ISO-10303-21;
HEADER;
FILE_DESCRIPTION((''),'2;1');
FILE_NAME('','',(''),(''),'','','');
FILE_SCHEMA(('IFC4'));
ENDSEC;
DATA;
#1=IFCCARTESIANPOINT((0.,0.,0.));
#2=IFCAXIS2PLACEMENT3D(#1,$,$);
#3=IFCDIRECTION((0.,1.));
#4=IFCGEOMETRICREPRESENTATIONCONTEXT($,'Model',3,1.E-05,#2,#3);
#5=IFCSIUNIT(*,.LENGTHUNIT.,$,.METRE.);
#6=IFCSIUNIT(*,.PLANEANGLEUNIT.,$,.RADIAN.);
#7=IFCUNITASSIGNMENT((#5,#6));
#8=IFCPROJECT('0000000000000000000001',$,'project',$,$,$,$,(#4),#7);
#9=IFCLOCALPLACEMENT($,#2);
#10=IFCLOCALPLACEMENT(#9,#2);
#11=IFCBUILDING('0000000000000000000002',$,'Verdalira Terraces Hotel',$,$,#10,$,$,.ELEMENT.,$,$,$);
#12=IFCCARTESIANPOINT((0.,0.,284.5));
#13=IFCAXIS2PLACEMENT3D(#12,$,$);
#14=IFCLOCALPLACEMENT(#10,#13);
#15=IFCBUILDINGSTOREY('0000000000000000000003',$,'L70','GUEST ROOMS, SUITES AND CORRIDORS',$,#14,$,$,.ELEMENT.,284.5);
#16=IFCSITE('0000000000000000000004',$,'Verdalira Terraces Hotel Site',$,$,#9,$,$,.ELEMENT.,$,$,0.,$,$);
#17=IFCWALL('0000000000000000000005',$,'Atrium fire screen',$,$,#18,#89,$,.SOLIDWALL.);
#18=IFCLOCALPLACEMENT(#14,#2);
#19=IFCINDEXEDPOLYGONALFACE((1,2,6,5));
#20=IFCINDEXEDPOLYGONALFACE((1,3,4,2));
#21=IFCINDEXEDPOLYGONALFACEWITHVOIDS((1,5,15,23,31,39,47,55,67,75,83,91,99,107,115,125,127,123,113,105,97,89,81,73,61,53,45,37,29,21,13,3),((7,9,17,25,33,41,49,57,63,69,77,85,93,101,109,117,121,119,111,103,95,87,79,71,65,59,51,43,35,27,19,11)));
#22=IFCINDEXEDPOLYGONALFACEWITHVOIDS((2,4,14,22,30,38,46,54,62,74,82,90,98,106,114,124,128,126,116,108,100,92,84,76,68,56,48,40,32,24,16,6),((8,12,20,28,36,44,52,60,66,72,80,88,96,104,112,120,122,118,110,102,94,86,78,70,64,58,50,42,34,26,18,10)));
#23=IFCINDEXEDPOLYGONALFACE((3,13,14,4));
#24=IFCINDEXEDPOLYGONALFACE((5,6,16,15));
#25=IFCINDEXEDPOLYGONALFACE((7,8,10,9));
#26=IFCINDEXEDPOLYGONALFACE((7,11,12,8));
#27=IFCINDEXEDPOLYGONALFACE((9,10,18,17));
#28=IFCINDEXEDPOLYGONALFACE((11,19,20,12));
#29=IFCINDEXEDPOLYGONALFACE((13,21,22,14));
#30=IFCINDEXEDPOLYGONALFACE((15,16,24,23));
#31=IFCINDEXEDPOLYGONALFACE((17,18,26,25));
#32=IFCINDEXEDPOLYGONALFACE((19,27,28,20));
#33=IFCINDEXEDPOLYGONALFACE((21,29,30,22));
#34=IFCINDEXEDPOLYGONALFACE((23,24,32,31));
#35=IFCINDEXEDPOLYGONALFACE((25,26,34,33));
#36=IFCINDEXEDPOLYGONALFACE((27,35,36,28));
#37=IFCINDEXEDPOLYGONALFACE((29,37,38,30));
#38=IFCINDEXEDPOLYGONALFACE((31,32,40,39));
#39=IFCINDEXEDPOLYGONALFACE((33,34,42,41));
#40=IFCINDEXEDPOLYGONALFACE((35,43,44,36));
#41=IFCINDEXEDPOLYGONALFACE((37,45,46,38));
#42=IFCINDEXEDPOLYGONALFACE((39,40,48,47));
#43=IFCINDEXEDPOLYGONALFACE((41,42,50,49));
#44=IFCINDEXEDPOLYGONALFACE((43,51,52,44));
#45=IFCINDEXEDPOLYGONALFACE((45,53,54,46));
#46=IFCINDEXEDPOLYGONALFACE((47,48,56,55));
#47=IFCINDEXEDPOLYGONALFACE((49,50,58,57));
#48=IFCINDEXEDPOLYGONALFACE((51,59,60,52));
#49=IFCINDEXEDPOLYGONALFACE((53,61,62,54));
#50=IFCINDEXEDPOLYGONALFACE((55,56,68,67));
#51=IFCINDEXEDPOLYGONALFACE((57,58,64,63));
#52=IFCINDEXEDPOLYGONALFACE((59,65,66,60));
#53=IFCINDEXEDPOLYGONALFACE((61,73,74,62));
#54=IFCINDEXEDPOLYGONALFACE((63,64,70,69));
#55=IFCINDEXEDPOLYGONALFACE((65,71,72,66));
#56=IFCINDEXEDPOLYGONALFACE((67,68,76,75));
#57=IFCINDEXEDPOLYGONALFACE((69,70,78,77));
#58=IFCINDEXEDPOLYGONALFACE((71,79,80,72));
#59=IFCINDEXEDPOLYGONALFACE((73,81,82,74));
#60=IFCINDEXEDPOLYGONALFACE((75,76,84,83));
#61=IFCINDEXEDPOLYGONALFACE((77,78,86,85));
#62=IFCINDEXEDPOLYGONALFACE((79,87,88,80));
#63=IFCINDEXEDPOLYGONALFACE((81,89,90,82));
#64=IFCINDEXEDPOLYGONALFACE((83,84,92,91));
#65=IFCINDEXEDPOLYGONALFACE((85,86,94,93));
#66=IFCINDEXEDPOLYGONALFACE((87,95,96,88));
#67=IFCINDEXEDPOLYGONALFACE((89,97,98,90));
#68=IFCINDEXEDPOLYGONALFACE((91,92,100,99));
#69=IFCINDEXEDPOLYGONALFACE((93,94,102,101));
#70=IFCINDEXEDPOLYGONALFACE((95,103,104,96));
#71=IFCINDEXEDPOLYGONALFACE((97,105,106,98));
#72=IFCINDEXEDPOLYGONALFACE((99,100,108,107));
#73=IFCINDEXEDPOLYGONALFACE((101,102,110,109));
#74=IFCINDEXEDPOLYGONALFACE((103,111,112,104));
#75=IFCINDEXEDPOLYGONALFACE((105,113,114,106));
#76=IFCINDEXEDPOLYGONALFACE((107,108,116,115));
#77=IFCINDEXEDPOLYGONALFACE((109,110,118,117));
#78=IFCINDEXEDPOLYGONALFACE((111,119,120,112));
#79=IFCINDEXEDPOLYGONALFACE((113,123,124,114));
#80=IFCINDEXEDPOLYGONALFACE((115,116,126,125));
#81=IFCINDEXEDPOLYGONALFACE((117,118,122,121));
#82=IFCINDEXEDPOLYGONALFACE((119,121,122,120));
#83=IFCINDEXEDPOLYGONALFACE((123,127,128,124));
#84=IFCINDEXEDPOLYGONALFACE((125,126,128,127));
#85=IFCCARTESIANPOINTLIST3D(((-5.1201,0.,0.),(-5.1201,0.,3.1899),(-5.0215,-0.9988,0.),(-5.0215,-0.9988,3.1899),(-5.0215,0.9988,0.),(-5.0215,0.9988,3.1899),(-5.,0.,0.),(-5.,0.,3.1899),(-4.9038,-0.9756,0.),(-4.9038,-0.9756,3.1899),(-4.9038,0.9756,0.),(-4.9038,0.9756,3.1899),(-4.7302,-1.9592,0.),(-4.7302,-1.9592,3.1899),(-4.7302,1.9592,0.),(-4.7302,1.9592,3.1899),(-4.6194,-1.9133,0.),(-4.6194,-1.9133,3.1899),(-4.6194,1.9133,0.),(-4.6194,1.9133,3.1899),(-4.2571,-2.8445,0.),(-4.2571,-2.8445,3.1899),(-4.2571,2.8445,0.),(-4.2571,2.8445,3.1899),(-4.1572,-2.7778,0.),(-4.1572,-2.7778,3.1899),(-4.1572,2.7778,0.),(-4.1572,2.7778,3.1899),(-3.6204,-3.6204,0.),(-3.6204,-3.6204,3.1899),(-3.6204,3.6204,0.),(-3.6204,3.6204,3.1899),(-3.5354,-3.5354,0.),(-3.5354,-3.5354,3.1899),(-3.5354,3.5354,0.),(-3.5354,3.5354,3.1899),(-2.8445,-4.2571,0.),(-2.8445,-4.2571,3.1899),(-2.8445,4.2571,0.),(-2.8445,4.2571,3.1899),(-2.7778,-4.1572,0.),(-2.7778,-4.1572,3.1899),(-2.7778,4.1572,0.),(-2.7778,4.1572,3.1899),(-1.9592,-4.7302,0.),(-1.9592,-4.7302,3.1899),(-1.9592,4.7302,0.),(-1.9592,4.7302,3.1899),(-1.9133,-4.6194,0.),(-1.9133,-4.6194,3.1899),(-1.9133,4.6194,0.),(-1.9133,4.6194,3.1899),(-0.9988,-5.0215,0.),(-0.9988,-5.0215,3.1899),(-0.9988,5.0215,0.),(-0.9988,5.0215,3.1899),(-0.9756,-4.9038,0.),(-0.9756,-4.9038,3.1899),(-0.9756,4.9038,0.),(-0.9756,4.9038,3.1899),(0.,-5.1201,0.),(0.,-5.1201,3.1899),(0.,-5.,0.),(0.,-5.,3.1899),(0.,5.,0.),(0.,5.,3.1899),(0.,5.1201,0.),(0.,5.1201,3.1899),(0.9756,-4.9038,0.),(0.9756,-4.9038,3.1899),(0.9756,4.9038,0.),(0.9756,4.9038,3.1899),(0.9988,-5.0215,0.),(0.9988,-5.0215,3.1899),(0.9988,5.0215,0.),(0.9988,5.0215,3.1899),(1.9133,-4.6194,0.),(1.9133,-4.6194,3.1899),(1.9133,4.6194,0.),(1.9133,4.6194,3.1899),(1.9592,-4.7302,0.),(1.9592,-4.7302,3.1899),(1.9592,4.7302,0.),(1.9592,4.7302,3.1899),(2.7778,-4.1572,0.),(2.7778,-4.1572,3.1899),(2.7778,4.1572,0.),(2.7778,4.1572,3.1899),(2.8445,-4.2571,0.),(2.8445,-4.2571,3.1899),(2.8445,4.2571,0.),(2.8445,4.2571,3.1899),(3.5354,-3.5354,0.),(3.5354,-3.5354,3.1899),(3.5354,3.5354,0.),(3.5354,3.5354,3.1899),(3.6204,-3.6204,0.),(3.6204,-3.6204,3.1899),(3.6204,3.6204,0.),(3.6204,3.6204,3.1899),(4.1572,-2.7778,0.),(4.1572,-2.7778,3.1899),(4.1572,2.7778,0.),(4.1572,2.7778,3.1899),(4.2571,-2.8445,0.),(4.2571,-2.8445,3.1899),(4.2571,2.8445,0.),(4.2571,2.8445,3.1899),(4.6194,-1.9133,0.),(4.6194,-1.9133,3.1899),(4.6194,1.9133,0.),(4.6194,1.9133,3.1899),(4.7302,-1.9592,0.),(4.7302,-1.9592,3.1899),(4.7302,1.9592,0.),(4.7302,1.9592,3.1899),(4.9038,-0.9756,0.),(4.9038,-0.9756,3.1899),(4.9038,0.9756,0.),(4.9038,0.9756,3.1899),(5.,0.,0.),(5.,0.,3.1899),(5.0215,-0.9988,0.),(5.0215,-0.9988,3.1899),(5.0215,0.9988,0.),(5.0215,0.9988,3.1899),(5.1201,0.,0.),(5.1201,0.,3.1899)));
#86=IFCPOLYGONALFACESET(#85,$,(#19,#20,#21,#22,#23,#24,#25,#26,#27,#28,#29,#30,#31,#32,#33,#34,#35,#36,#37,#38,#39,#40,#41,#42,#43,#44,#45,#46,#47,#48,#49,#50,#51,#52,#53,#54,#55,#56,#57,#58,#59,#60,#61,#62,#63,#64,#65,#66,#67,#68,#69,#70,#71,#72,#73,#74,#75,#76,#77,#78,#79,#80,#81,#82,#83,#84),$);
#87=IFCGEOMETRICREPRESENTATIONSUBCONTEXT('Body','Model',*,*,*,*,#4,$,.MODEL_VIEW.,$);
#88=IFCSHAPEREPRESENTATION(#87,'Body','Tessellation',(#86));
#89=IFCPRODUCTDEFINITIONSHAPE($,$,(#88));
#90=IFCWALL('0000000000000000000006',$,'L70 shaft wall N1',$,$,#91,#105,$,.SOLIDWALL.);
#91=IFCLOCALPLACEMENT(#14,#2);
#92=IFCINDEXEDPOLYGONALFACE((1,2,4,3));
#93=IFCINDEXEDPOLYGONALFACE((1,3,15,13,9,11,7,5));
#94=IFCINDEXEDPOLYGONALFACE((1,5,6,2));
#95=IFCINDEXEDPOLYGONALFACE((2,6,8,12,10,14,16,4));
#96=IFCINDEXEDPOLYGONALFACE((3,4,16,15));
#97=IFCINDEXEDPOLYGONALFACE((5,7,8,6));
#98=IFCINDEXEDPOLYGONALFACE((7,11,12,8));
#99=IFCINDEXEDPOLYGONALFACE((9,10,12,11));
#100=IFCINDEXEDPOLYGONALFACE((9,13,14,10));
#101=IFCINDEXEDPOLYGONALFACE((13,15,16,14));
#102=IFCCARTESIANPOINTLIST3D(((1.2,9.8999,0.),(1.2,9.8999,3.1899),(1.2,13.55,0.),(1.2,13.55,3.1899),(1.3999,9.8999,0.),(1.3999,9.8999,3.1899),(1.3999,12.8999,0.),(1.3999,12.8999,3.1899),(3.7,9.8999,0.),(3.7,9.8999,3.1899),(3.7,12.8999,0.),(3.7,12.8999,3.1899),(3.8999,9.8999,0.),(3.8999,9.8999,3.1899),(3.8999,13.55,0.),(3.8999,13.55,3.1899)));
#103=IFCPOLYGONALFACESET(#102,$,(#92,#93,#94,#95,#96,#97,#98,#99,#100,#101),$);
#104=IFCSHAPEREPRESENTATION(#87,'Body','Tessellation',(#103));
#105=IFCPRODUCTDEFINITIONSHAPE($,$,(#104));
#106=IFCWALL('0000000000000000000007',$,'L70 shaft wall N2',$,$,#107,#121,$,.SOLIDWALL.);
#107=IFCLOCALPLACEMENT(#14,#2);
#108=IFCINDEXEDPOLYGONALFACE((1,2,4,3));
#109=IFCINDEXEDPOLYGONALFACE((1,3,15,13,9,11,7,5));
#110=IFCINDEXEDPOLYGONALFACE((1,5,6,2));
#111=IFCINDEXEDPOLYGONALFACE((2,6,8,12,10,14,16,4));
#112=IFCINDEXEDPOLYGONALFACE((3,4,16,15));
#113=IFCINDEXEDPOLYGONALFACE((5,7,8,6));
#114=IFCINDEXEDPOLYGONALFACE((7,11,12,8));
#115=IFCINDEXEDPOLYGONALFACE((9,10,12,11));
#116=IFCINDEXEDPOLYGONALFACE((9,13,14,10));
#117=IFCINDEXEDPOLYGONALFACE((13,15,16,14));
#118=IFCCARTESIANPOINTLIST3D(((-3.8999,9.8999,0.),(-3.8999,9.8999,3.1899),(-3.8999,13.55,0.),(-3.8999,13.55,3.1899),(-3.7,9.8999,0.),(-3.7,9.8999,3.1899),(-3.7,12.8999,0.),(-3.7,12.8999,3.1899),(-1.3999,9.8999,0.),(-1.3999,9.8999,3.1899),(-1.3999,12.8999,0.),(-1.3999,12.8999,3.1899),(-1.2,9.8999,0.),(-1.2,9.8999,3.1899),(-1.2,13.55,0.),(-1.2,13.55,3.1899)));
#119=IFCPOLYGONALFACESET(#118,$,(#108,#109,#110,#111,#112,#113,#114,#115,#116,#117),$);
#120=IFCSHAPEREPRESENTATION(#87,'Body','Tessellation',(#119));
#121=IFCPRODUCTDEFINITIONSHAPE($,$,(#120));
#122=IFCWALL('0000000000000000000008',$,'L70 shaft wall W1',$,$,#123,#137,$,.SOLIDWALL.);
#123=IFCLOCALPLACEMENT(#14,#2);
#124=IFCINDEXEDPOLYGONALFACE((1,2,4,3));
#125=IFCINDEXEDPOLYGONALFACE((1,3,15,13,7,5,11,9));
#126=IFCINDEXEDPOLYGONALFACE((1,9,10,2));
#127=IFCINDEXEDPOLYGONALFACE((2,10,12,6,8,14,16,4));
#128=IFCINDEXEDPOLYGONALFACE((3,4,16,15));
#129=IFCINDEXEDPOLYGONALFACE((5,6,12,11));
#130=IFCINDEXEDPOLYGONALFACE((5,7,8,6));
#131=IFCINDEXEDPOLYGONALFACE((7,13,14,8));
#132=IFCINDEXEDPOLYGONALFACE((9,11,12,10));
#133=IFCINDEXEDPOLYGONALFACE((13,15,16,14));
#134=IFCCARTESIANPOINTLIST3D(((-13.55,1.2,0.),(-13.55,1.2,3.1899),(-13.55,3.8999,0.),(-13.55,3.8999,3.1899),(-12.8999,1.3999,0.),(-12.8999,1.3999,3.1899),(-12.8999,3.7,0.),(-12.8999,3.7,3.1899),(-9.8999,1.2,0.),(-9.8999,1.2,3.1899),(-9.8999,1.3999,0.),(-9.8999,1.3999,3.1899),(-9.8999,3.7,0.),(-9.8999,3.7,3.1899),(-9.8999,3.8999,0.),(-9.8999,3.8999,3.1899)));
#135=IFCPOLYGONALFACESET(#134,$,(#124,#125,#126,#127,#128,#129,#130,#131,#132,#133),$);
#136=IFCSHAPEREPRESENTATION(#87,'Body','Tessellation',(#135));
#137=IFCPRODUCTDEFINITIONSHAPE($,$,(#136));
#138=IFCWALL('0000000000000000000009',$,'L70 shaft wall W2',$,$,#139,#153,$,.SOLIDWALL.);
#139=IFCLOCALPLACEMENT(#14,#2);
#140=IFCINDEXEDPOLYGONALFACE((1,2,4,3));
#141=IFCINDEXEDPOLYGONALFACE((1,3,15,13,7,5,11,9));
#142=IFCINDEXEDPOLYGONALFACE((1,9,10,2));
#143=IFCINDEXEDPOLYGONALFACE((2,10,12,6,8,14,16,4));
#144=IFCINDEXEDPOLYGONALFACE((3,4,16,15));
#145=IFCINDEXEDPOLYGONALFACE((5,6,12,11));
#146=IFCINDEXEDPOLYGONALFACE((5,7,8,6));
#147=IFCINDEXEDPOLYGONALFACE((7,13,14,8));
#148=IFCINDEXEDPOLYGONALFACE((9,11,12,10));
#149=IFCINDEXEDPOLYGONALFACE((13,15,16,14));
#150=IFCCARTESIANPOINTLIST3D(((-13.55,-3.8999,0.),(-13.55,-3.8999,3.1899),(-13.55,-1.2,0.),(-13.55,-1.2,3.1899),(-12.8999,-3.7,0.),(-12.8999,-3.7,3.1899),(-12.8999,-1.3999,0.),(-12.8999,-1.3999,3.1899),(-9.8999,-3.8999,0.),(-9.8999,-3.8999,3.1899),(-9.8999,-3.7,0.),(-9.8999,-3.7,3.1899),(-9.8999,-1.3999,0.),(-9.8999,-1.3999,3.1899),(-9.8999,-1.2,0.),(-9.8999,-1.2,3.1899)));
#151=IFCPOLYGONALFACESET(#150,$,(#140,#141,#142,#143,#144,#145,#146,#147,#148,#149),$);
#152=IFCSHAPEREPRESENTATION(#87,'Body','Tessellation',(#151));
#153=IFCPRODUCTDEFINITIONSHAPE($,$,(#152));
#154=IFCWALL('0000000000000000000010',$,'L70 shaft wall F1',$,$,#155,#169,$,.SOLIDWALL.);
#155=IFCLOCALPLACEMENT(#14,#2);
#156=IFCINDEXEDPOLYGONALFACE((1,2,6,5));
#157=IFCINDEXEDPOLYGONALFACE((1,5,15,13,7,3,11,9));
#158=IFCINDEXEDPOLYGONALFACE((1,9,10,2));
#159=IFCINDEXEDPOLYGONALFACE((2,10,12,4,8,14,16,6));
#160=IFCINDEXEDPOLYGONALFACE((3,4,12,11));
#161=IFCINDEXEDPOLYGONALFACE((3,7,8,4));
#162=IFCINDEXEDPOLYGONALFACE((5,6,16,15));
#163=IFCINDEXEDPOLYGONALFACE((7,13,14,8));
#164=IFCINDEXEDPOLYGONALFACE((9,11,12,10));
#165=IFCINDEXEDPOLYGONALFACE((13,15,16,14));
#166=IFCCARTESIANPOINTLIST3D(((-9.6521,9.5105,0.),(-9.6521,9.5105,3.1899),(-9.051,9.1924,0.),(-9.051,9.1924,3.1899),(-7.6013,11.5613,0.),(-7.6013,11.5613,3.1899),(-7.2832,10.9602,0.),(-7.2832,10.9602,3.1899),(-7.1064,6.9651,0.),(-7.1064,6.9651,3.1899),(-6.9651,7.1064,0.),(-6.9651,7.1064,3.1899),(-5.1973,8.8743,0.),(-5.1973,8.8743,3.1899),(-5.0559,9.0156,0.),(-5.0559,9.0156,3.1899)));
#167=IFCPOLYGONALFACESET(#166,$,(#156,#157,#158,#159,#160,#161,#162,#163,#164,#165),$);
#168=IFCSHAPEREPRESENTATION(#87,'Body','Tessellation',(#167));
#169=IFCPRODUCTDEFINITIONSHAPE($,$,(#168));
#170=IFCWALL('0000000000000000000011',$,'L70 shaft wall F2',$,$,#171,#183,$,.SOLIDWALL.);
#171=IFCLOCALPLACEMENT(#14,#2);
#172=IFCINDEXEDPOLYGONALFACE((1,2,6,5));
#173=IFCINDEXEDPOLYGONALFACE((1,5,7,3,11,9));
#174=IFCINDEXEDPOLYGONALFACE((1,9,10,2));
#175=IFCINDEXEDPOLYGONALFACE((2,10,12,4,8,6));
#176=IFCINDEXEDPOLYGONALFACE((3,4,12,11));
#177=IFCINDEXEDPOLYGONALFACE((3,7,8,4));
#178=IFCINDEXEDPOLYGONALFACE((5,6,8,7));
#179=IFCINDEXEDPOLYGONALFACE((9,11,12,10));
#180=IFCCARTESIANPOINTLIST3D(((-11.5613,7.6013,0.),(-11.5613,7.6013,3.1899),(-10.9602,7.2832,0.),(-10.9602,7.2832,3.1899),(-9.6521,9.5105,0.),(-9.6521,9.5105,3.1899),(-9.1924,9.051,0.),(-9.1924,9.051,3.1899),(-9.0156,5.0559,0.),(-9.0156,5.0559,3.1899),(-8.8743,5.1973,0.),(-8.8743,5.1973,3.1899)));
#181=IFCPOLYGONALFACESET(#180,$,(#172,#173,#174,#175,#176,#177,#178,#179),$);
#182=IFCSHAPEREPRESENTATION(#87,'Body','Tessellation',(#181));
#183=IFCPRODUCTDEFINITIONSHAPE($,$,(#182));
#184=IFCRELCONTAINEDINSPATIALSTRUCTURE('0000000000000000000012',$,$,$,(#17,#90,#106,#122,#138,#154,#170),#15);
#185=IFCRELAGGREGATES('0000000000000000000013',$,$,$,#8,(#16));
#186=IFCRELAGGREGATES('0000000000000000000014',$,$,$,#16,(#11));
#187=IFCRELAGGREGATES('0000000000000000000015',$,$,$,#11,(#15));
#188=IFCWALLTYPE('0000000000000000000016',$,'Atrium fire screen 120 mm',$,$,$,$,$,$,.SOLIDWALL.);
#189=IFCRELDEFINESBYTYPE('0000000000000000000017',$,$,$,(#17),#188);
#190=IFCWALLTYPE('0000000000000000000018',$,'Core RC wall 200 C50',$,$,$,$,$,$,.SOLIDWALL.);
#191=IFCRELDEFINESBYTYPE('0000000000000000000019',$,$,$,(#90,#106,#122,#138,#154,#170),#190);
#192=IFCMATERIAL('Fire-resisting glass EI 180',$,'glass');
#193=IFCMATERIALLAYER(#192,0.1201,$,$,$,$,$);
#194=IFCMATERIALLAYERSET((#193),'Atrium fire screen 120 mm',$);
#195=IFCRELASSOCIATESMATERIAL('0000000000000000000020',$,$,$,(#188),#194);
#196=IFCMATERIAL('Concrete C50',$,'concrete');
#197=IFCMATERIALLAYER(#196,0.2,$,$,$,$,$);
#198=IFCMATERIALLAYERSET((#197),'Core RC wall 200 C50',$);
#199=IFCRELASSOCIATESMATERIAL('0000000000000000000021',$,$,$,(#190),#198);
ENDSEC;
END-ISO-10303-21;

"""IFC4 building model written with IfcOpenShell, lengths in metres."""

from ifc_helpers import new_model, si_unit, direction, frame, origin, place, context, subcontext, project, spatial, polyline, outline, extrude, material, layer, layer_set, type_object, element, save


model = new_model("IFC4")

# Units and contexts
model_context = context("Model", 3, precision=1e-05, world=origin(), true_north=direction((0.0, 1.0)))
body_context = subcontext(model_context, "Body", "Model", "MODEL_VIEW")
ifc_project = project(units=[si_unit("LENGTHUNIT", "METRE"), si_unit("PLANEANGLEUNIT", "RADIAN")], contexts=[model_context])

# Site, building, storey
site_placement = place(None, origin())
site = spatial("IfcSite", under=ifc_project, at=site_placement, Name="Verdalira Terraces Hotel Site", CompositionType="ELEMENT", RefElevation=0.0)
building_placement = place(site_placement, origin())
building = spatial("IfcBuilding", under=site, at=building_placement, Name="Verdalira Terraces Hotel", CompositionType="ELEMENT")
storey_placement = place(building_placement, frame((0.0, 0.0, 284.5)))
storey = spatial("IfcBuildingStorey", under=building, at=storey_placement, Name="L70", Description="GUEST ROOMS, SUITES AND CORRIDORS", CompositionType="ELEMENT", Elevation=284.5)

# Walls
ifc_material_1 = material(Name="Fire-resisting glass EI 180", Category="glass")
ifc_layer_1 = layer(ifc_material_1, 0.1201)
ifc_layer_set_1 = layer_set([ifc_layer_1], Name="Atrium fire screen 120 mm")
wall_type_1 = type_object("IfcWallType", Name="Atrium fire screen 120 mm", PredefinedType="SOLIDWALL", material=ifc_layer_set_1)
wall_1_placement = place(storey_placement, origin())
element("IfcWall", 1, at=wall_1_placement, inside=storey, type_object=wall_type_1, Name="Atrium fire screen", PredefinedType="SOLIDWALL", context=body_context, shape_type="SweptSolid", body=[
    extrude(outline(polyline([(5.0215, -0.9988), (4.7302, -1.9592), (4.2571, -2.8445), (3.6204, -3.6204), (2.8445, -4.2571), (1.9592, -4.7302), (0.9988, -5.0215), (0.0, -5.1201), (-0.9988, -5.0215), (-1.9592, -4.7302), (-2.8445, -4.2571), (-3.6204, -3.6204), (-4.2571, -2.8445), (-4.7302, -1.9592), (-5.0215, -0.9988), (-5.1201, 0.0), (-5.0215, 0.9988), (-4.7302, 1.9592), (-4.2571, 2.8445), (-3.6204, 3.6204), (-2.8445, 4.2571), (-1.9592, 4.7302), (-0.9988, 5.0215), (0.0, 5.1201), (0.9988, 5.0215), (1.9592, 4.7302), (2.8445, 4.2571), (3.6204, 3.6204), (4.2571, 2.8445), (4.7302, 1.9592), (5.0215, 0.9988), (5.1201, 0.0), (5.0215, -0.9988)]), holes=[polyline([(4.9038, 0.9756), (4.6194, 1.9133), (4.1572, 2.7778), (3.5354, 3.5354), (2.7778, 4.1572), (1.9133, 4.6194), (0.9756, 4.9038), (0.0, 5.0), (-0.9756, 4.9038), (-1.9133, 4.6194), (-2.7778, 4.1572), (-3.5354, 3.5354), (-4.1572, 2.7778), (-4.6194, 1.9133), (-4.9038, 0.9756), (-5.0, 0.0), (-4.9038, -0.9756), (-4.6194, -1.9133), (-4.1572, -2.7778), (-3.5354, -3.5354), (-2.7778, -4.1572), (-1.9133, -4.6194), (-0.9756, -4.9038), (0.0, -5.0), (0.9756, -4.9038), (1.9133, -4.6194), (2.7778, -4.1572), (3.5354, -3.5354), (4.1572, -2.7778), (4.6194, -1.9133), (4.9038, -0.9756), (5.0, 0.0), (4.9038, 0.9756)])]), origin(), (0.0, 0.0, 1.0), 3.1899),
])
ifc_material_2 = material(Name="Concrete C50", Category="concrete")
ifc_layer_2 = layer(ifc_material_2, 0.2)
ifc_layer_set_2 = layer_set([ifc_layer_2], Name="Core RC wall 200 C50")
wall_type_2 = type_object("IfcWallType", Name="Core RC wall 200 C50", PredefinedType="SOLIDWALL", material=ifc_layer_set_2)
wall_2_placement = place(storey_placement, origin())
element("IfcWall", 2, at=wall_2_placement, inside=storey, type_object=wall_type_2, Name="L70 shaft wall N1", PredefinedType="SOLIDWALL", context=body_context, shape_type="SweptSolid", body=[
    extrude(outline(polyline([(3.8999, 9.8999), (3.7, 9.8999), (3.7, 12.8999), (1.3999, 12.8999), (1.3999, 9.8999), (1.2, 9.8999), (1.2, 13.55), (3.8999, 13.55), (3.8999, 9.8999)])), origin(), (0.0, 0.0, 1.0), 3.1899),
])
wall_3_placement = place(storey_placement, origin())
element("IfcWall", 3, at=wall_3_placement, inside=storey, type_object=wall_type_2, Name="L70 shaft wall N2", PredefinedType="SOLIDWALL", context=body_context, shape_type="SweptSolid", body=[
    extrude(outline(polyline([(-3.8999, 13.55), (-1.2, 13.55), (-1.2, 9.8999), (-1.3999, 9.8999), (-1.3999, 12.8999), (-3.7, 12.8999), (-3.7, 9.8999), (-3.8999, 9.8999), (-3.8999, 13.55)])), origin(), (0.0, 0.0, 1.0), 3.1899),
])
wall_4_placement = place(storey_placement, origin())
element("IfcWall", 4, at=wall_4_placement, inside=storey, type_object=wall_type_2, Name="L70 shaft wall W1", PredefinedType="SOLIDWALL", context=body_context, shape_type="SweptSolid", body=[
    extrude(outline(polyline([(-13.55, 3.8999), (-9.8999, 3.8999), (-9.8999, 3.7), (-12.8999, 3.7), (-12.8999, 1.3999), (-9.8999, 1.3999), (-9.8999, 1.2), (-13.55, 1.2), (-13.55, 3.8999)])), origin(), (0.0, 0.0, 1.0), 3.1899),
])
wall_5_placement = place(storey_placement, origin())
element("IfcWall", 5, at=wall_5_placement, inside=storey, type_object=wall_type_2, Name="L70 shaft wall W2", PredefinedType="SOLIDWALL", context=body_context, shape_type="SweptSolid", body=[
    extrude(outline(polyline([(-13.55, -3.8999), (-13.55, -1.2), (-9.8999, -1.2), (-9.8999, -1.3999), (-12.8999, -1.3999), (-12.8999, -3.7), (-9.8999, -3.7), (-9.8999, -3.8999), (-13.55, -3.8999)])), origin(), (0.0, 0.0, 1.0), 3.1899),
])
wall_6_placement = place(storey_placement, origin())
element("IfcWall", 6, at=wall_6_placement, inside=storey, type_object=wall_type_2, Name="L70 shaft wall F1", PredefinedType="SOLIDWALL", context=body_context, shape_type="SweptSolid", body=[
    extrude(outline(polyline([(-9.6521, 9.5105), (-7.6013, 11.5613), (-5.0559, 9.0156), (-5.1973, 8.8743), (-7.2832, 10.9602), (-9.051, 9.1924), (-6.9651, 7.1064), (-7.1064, 6.9651), (-9.6521, 9.5105)])), origin(), (0.0, 0.0, 1.0), 3.1899),
])
wall_7_placement = place(storey_placement, origin())
element("IfcWall", 7, at=wall_7_placement, inside=storey, type_object=wall_type_2, Name="L70 shaft wall F2", PredefinedType="SOLIDWALL", context=body_context, shape_type="SweptSolid", body=[
    extrude(outline(polyline([(-11.5613, 7.6013), (-9.6521, 9.5105), (-9.1924, 9.051), (-10.9602, 7.2832), (-8.8743, 5.1973), (-9.0156, 5.0559), (-11.5613, 7.6013)])), origin(), (0.0, 0.0, 1.0), 3.1899),
])

save(model, "model.ifc")
